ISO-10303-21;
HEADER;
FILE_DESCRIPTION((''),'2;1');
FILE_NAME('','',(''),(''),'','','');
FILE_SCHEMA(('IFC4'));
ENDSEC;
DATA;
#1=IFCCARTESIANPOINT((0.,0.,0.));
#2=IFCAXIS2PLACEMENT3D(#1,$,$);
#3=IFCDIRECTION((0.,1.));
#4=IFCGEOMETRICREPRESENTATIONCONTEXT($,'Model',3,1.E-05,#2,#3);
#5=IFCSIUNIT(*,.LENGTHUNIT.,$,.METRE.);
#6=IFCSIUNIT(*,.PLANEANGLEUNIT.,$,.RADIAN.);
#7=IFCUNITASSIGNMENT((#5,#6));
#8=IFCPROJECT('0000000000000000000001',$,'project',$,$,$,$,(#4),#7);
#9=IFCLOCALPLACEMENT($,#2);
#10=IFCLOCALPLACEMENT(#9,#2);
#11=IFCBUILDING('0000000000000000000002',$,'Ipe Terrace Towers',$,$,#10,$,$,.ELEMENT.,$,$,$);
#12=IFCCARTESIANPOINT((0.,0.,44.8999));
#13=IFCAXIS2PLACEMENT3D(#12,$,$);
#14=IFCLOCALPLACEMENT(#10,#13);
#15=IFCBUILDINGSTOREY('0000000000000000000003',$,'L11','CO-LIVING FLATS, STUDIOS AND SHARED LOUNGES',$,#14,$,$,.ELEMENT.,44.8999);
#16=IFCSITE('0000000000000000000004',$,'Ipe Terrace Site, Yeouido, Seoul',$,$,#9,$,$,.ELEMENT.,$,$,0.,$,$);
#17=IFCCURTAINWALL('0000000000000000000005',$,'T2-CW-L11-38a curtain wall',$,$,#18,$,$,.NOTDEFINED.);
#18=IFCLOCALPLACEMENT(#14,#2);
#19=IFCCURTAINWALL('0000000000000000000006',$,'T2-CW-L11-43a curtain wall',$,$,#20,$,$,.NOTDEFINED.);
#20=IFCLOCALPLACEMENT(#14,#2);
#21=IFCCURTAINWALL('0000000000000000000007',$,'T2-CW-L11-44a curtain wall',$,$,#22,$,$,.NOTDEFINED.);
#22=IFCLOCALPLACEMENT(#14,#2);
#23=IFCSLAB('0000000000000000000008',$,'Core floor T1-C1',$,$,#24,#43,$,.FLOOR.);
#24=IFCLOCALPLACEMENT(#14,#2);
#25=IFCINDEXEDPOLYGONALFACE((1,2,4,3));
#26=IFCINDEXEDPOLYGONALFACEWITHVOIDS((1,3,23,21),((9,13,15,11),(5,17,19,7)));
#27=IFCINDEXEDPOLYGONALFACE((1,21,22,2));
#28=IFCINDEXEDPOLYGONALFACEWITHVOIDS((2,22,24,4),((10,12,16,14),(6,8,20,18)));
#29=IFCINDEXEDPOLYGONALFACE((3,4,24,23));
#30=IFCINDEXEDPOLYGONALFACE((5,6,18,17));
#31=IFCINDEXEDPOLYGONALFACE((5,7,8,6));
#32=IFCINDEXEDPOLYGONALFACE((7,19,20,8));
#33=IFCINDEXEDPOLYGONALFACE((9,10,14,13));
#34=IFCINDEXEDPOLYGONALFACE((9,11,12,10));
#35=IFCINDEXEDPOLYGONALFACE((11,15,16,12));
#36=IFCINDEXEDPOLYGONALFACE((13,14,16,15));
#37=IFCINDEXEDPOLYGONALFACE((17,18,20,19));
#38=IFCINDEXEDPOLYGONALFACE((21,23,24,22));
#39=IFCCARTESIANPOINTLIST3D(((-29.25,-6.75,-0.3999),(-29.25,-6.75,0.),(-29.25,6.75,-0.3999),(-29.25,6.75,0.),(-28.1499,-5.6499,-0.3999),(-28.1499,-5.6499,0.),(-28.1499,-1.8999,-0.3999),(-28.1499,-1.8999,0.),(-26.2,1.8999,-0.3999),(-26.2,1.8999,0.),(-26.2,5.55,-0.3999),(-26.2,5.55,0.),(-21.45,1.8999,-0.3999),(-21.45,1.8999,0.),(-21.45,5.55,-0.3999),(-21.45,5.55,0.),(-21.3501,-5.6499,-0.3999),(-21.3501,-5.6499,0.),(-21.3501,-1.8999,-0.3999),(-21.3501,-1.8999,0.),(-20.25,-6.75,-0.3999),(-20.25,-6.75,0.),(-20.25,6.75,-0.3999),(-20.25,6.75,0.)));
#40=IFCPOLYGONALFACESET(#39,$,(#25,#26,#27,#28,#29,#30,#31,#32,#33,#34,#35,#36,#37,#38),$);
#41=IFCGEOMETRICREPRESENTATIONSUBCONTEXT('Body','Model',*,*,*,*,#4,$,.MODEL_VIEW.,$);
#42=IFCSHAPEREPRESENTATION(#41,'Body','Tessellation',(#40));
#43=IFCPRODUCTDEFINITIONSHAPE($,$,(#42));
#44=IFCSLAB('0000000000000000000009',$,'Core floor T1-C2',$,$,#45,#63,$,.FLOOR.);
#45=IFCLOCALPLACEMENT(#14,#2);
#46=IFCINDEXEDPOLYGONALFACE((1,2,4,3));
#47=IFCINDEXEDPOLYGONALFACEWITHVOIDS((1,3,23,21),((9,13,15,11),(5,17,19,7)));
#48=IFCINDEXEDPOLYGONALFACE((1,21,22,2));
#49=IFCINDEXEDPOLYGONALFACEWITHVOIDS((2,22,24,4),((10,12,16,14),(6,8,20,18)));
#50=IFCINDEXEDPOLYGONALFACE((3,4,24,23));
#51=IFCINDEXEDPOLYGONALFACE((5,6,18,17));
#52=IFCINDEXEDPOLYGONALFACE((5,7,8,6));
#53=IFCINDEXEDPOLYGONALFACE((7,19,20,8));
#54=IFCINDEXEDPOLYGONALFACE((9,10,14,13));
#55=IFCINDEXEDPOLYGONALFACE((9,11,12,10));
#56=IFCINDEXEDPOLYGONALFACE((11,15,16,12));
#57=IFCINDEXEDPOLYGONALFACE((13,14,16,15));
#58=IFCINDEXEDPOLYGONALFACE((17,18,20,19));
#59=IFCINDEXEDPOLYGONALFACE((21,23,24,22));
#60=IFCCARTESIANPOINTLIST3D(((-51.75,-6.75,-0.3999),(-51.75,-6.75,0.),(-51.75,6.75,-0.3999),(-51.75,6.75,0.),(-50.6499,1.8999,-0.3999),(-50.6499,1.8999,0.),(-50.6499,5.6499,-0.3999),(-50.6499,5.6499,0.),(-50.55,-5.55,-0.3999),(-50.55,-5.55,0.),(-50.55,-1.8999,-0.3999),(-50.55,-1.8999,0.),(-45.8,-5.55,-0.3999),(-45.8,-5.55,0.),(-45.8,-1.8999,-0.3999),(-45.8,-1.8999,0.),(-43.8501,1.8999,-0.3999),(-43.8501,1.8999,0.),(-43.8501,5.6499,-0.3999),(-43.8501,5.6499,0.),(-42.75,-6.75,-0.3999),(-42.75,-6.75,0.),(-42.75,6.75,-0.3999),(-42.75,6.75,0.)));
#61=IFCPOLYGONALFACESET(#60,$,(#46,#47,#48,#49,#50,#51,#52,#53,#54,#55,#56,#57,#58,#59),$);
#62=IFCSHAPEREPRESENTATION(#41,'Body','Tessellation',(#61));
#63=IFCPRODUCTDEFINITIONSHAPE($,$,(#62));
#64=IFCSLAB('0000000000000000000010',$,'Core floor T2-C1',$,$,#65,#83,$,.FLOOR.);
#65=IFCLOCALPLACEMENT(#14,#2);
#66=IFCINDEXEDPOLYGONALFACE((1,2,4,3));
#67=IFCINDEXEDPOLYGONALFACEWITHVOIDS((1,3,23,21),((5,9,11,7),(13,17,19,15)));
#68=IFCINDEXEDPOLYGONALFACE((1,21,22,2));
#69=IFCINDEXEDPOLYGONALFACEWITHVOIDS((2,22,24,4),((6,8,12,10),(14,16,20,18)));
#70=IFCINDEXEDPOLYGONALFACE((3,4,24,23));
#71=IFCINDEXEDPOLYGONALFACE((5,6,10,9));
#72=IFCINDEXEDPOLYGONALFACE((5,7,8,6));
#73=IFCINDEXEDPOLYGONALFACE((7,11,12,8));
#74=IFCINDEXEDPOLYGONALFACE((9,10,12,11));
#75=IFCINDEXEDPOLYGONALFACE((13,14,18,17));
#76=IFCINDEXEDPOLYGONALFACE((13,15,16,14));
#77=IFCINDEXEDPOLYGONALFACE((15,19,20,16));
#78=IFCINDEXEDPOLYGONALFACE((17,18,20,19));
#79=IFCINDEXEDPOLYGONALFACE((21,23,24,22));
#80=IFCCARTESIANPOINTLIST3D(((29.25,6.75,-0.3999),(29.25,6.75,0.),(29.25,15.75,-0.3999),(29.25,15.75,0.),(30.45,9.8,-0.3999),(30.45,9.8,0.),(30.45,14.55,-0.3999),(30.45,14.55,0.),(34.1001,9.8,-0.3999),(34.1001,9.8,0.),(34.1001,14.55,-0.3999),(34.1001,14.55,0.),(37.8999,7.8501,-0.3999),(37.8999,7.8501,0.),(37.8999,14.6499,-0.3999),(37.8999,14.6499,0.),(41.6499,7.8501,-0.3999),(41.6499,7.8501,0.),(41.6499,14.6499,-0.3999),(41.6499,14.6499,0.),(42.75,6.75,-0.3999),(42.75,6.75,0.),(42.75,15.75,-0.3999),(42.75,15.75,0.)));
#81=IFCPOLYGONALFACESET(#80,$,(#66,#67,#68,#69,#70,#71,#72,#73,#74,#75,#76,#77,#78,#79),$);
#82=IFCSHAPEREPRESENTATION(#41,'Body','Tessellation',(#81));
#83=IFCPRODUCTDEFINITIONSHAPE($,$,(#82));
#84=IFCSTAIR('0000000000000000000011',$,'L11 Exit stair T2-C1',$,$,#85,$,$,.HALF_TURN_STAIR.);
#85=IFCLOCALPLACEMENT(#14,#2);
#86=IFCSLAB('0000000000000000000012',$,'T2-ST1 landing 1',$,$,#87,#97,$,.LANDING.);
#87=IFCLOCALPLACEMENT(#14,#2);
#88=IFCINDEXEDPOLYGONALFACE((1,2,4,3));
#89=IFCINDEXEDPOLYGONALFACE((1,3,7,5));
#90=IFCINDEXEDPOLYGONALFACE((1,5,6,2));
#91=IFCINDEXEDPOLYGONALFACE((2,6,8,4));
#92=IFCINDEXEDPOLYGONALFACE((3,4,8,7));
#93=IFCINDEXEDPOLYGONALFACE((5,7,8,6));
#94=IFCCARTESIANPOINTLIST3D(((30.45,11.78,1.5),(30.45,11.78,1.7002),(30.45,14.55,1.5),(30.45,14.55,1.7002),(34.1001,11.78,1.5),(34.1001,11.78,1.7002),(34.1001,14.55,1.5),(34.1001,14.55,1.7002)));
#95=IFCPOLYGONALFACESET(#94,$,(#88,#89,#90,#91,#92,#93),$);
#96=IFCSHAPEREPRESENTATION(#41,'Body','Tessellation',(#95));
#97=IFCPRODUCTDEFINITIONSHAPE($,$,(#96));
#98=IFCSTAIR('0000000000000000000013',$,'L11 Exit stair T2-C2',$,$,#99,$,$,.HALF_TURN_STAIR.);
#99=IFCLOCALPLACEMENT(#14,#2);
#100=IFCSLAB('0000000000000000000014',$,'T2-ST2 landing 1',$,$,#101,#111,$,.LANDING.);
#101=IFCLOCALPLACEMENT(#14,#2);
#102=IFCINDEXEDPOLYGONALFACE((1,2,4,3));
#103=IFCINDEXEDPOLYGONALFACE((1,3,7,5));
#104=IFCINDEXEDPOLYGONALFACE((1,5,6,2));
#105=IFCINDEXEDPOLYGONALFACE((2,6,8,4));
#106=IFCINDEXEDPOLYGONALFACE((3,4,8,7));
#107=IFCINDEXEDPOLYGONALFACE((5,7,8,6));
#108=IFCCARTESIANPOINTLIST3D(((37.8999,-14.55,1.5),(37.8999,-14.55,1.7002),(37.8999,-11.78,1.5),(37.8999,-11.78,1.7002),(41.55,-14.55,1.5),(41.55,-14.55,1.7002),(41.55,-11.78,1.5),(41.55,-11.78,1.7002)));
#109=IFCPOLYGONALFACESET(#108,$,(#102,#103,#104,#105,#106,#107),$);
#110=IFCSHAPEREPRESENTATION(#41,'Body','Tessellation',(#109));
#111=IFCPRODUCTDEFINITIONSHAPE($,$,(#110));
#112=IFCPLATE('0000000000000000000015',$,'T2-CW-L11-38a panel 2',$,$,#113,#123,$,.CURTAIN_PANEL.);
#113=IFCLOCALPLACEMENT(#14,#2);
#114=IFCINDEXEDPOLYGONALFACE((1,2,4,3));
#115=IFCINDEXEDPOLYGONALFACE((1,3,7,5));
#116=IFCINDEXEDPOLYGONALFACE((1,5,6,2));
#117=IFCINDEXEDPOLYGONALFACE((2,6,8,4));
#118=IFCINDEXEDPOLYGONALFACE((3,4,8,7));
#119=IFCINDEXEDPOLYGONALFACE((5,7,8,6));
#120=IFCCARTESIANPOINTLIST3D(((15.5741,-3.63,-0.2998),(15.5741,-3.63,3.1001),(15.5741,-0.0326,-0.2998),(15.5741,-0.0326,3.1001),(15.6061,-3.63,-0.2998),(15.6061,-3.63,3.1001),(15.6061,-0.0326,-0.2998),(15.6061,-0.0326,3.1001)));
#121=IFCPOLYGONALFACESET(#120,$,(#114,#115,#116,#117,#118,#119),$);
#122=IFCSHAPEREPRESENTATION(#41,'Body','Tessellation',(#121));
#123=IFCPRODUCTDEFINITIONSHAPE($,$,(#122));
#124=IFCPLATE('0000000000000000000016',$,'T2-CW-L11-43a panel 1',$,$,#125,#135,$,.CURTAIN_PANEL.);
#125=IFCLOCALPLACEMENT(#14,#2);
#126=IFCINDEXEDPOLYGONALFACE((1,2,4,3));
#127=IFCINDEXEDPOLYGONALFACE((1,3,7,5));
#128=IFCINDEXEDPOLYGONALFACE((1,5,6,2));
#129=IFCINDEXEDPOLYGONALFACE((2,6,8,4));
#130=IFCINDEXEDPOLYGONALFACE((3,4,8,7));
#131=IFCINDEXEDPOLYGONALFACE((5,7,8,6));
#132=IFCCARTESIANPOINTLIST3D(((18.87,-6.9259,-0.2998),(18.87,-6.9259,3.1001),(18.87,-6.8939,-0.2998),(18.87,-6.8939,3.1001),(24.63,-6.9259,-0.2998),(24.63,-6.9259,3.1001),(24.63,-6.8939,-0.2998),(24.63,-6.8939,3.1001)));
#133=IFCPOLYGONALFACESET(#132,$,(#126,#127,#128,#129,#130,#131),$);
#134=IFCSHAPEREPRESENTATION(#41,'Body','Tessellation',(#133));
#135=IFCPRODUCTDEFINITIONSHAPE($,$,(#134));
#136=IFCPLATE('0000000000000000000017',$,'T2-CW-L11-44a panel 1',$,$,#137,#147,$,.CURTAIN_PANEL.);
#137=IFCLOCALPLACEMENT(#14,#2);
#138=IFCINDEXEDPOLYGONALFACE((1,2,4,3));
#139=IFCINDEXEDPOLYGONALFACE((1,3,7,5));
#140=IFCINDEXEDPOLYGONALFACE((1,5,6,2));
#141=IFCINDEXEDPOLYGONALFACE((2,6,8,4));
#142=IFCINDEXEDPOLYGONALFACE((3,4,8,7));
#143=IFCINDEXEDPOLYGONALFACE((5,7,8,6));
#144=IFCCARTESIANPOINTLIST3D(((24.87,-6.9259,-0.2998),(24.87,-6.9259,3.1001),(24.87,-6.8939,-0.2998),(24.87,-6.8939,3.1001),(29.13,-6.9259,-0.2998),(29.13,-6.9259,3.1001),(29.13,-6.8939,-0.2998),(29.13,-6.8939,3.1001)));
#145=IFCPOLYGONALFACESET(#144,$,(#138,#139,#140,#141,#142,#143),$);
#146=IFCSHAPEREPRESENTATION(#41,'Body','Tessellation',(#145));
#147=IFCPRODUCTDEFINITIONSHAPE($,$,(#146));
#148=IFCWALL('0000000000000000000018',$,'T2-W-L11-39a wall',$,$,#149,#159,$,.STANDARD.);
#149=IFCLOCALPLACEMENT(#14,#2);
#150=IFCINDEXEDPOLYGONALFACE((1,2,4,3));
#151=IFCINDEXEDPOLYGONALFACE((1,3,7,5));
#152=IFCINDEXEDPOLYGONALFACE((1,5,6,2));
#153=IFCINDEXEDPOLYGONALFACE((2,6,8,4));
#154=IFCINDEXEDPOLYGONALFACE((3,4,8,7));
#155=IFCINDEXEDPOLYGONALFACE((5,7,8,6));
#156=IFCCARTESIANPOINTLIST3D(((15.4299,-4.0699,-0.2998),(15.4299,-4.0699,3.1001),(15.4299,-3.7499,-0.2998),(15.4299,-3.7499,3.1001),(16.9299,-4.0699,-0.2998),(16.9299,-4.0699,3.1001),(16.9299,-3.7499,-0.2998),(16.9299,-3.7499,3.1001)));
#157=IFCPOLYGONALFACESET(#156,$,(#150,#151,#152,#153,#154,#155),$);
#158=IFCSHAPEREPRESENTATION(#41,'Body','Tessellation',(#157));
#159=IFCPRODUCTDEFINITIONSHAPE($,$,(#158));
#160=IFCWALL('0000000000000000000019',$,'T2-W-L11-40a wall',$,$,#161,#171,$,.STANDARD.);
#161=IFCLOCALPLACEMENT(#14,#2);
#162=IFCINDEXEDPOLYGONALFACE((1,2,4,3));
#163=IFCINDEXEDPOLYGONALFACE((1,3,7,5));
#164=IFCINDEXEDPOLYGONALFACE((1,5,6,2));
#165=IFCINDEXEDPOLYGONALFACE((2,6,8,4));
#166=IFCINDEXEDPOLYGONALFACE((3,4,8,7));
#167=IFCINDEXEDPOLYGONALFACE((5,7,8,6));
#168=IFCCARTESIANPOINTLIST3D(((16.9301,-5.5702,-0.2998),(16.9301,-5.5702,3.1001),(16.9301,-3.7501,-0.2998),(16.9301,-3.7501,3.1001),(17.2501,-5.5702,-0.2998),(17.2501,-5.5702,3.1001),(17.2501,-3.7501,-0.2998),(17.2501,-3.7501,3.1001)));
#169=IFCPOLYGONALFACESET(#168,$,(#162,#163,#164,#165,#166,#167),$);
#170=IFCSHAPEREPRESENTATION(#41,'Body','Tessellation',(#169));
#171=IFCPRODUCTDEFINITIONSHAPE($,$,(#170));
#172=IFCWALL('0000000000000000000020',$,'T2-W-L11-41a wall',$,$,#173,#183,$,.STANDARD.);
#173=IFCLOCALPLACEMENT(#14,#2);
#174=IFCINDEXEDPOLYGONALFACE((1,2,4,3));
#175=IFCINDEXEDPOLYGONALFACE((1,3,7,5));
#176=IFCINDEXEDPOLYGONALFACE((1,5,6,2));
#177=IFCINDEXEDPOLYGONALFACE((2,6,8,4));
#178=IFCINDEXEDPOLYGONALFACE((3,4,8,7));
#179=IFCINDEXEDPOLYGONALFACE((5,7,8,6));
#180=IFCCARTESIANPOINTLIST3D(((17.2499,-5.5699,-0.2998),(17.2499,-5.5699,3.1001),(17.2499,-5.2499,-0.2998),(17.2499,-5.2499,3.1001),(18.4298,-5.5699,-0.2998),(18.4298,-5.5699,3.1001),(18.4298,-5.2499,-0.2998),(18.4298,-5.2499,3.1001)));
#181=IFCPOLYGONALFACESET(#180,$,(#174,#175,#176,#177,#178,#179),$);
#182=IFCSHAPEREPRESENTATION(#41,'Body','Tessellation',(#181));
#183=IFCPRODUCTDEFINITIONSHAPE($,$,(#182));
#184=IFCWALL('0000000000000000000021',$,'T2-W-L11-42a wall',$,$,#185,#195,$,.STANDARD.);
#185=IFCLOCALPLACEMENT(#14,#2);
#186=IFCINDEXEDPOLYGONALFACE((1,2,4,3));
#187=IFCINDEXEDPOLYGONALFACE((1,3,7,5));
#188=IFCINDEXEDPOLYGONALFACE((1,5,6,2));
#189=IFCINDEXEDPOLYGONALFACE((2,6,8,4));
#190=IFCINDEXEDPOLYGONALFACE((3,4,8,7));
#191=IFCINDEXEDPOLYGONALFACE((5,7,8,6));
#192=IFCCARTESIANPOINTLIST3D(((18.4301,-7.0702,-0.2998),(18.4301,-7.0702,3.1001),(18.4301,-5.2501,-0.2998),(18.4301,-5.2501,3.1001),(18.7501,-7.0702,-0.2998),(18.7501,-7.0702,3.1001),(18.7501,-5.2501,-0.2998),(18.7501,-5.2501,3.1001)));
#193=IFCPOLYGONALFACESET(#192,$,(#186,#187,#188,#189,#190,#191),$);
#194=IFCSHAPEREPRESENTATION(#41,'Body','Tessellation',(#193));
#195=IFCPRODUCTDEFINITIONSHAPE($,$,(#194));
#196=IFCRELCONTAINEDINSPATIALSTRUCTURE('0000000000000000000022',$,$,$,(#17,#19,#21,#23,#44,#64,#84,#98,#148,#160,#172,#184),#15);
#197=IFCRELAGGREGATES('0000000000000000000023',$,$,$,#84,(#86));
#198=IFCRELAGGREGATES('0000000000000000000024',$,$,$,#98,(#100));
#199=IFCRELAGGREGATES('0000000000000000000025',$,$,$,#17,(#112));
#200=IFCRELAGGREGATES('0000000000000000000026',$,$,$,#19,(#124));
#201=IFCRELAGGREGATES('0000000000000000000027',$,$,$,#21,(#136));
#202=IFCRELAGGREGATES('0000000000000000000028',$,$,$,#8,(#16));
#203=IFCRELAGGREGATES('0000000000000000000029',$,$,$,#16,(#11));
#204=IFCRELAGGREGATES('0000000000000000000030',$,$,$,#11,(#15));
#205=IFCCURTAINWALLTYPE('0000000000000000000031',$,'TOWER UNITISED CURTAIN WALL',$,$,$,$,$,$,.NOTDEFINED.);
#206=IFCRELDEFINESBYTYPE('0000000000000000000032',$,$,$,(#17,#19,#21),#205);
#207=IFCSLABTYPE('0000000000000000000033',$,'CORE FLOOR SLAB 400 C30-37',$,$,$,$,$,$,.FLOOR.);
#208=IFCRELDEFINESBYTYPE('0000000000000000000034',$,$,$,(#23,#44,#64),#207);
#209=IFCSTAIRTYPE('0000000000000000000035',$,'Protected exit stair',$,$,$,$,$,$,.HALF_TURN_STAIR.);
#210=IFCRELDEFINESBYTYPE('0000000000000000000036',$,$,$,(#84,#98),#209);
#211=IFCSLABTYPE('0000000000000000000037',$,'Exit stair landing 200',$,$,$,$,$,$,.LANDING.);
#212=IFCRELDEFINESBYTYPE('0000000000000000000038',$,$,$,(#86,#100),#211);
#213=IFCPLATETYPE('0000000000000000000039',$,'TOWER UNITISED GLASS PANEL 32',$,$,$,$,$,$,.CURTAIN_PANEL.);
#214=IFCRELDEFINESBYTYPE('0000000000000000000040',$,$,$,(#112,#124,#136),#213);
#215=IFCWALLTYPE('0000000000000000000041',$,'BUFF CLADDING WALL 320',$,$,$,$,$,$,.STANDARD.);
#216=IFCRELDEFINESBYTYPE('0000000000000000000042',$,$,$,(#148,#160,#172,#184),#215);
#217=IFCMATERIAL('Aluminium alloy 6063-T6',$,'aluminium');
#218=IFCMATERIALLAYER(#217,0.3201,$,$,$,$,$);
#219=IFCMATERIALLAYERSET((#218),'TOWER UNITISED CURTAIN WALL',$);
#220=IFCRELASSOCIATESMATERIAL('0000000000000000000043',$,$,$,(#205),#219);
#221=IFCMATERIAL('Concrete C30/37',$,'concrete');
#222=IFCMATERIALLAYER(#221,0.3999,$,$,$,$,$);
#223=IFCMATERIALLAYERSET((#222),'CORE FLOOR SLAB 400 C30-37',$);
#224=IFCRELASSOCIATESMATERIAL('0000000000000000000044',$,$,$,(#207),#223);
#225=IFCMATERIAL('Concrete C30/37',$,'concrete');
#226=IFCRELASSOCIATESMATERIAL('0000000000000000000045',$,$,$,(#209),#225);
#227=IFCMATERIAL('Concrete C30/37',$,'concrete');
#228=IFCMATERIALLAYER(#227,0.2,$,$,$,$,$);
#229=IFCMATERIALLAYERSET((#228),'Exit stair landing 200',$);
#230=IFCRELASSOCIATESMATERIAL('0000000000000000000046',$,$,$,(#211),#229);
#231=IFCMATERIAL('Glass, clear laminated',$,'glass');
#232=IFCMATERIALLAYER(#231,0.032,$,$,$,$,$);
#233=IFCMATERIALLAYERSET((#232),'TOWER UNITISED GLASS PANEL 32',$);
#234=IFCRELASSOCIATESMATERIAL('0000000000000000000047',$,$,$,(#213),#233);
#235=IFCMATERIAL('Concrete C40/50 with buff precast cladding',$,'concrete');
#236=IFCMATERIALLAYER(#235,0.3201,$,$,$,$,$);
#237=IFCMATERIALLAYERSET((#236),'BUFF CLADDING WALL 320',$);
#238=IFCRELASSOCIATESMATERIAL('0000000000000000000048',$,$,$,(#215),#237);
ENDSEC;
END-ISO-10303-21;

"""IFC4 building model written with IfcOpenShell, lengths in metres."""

from ifc_helpers import new_model, si_unit, direction, frame, frame_2d, origin, origin_2d, place, context, subcontext, project, spatial, polyline, rectangle, outline, extrude, material, layer, layer_set, type_object, element, aggregate, save


model = new_model("IFC4")

# Units and contexts
model_context = context("Model", 3, precision=1e-05, world=origin(), true_north=direction((0.0, 1.0)))
body_context = subcontext(model_context, "Body", "Model", "MODEL_VIEW")
ifc_project = project(units=[si_unit("LENGTHUNIT", "METRE"), si_unit("PLANEANGLEUNIT", "RADIAN")], contexts=[model_context])

# Site, building, storey
site_placement = place(None, origin())
site = spatial("IfcSite", under=ifc_project, at=site_placement, Name="Ipe Terrace Site, Yeouido, Seoul", CompositionType="ELEMENT", RefElevation=0.0)
building_placement = place(site_placement, origin())
building = spatial("IfcBuilding", under=site, at=building_placement, Name="Ipe Terrace Towers", CompositionType="ELEMENT")
storey_placement = place(building_placement, frame((0.0, 0.0, 44.8999)))
storey = spatial("IfcBuildingStorey", under=building, at=storey_placement, Name="L11", Description="CO-LIVING FLATS, STUDIOS AND SHARED LOUNGES", CompositionType="ELEMENT", Elevation=44.8999)

# Curtain wall
ifc_material_1 = material(Name="Aluminium alloy 6063-T6", Category="aluminium")
ifc_layer_1 = layer(ifc_material_1, 0.3201)
ifc_layer_set_1 = layer_set([ifc_layer_1], Name="TOWER UNITISED CURTAIN WALL")
curtain_wall_type = type_object("IfcCurtainWallType", Name="TOWER UNITISED CURTAIN WALL", PredefinedType="NOTDEFINED", material=ifc_layer_set_1)
curtain_wall_1_placement = place(storey_placement, origin())
curtain_wall_1 = element("IfcCurtainWall", 1, at=curtain_wall_1_placement, inside=storey, type_object=curtain_wall_type, Name="T2-CW-L11-38a curtain wall", PredefinedType="NOTDEFINED")

# Curtain wall
curtain_wall_2_placement = place(storey_placement, origin())
curtain_wall_2 = element("IfcCurtainWall", 2, at=curtain_wall_2_placement, inside=storey, type_object=curtain_wall_type, Name="T2-CW-L11-43a curtain wall", PredefinedType="NOTDEFINED")

# Curtain wall
curtain_wall_3_placement = place(storey_placement, origin())
curtain_wall_3 = element("IfcCurtainWall", 3, at=curtain_wall_3_placement, inside=storey, type_object=curtain_wall_type, Name="T2-CW-L11-44a curtain wall", PredefinedType="NOTDEFINED")

# Slabs
ifc_material_2 = material(Name="Concrete C30/37", Category="concrete")
ifc_layer_2 = layer(ifc_material_2, 0.3999)
ifc_layer_set_2 = layer_set([ifc_layer_2], Name="CORE FLOOR SLAB 400 C30-37")
slab_type_1 = type_object("IfcSlabType", Name="CORE FLOOR SLAB 400 C30-37", PredefinedType="FLOOR", material=ifc_layer_set_2)
slab_1_placement = place(storey_placement, frame((0.0, 0.0, -0.3999)))
element("IfcSlab", 4, at=slab_1_placement, inside=storey, type_object=slab_type_1, Name="Core floor T1-C1", PredefinedType="FLOOR", context=body_context, shape_type="SweptSolid", body=[
    extrude(outline(polyline([(-29.25, -6.75), (-29.25, 6.75), (-20.25, 6.75), (-20.25, -6.75), (-29.25, -6.75)]), holes=[polyline([(-28.1499, -5.6499), (-21.3501, -5.6499), (-21.3501, -1.8999), (-28.1499, -1.8999), (-28.1499, -5.6499)]), polyline([(-26.2, 5.55), (-26.2, 1.8999), (-21.45, 1.8999), (-21.45, 5.55), (-26.2, 5.55)])]), origin(), (0.0, 0.0, 1.0), 0.3999),
])
slab_2_placement = place(storey_placement, frame((0.0, 0.0, -0.3999)))
element("IfcSlab", 5, at=slab_2_placement, inside=storey, type_object=slab_type_1, Name="Core floor T1-C2", PredefinedType="FLOOR", context=body_context, shape_type="SweptSolid", body=[
    extrude(outline(polyline([(-51.75, -6.75), (-51.75, 6.75), (-42.75, 6.75), (-42.75, -6.75), (-51.75, -6.75)]), holes=[polyline([(-45.8, -5.55), (-45.8, -1.8999), (-50.55, -1.8999), (-50.55, -5.55), (-45.8, -5.55)]), polyline([(-50.6499, 1.8999), (-43.8501, 1.8999), (-43.8501, 5.6499), (-50.6499, 5.6499), (-50.6499, 1.8999)])]), origin(), (0.0, 0.0, 1.0), 0.3999),
])
slab_3_placement = place(storey_placement, frame((0.0, 0.0, -0.3999)))
element("IfcSlab", 6, at=slab_3_placement, inside=storey, type_object=slab_type_1, Name="Core floor T2-C1", PredefinedType="FLOOR", context=body_context, shape_type="SweptSolid", body=[
    extrude(outline(polyline([(29.25, 6.75), (29.25, 15.75), (42.75, 15.75), (42.75, 6.75), (29.25, 6.75)]), holes=[polyline([(41.6499, 7.8501), (41.6499, 14.6499), (37.8999, 14.6499), (37.8999, 7.8501), (41.6499, 7.8501)]), polyline([(30.45, 9.8), (34.1001, 9.8), (34.1001, 14.55), (30.45, 14.55), (30.45, 9.8)])]), origin(), (0.0, 0.0, 1.0), 0.3999),
])

# Stairs, slabs
ifc_material_3 = material(Name="Concrete C30/37", Category="concrete")
stair_type = type_object("IfcStairType", Name="Protected exit stair", PredefinedType="HALF_TURN_STAIR", material=ifc_material_3)
stair_1_placement = place(storey_placement, origin())
stair_1 = element("IfcStair", 7, at=stair_1_placement, inside=storey, type_object=stair_type, Name="L11 Exit stair T2-C1", PredefinedType="HALF_TURN_STAIR")
ifc_material_4 = material(Name="Concrete C30/37", Category="concrete")
ifc_layer_3 = layer(ifc_material_4, 0.2)
ifc_layer_set_3 = layer_set([ifc_layer_3], Name="Exit stair landing 200")
slab_type_2 = type_object("IfcSlabType", Name="Exit stair landing 200", PredefinedType="LANDING", material=ifc_layer_set_3)
slab_4_placement = place(storey_placement, frame((0.0, 0.0, 1.5)))
slab_4 = element("IfcSlab", 8, at=slab_4_placement, type_object=slab_type_2, Name="T2-ST1 landing 1", PredefinedType="LANDING", context=body_context, shape_type="SweptSolid", body=[
    extrude(outline(polyline([(34.1001, 11.78), (34.1001, 14.55), (30.45, 14.55), (30.45, 11.78), (34.1001, 11.78)])), origin(), (0.0, 0.0, 1.0), 0.2002),
])
aggregate(stair_1, [slab_4])
stair_2_placement = place(storey_placement, origin())
stair_2 = element("IfcStair", 9, at=stair_2_placement, inside=storey, type_object=stair_type, Name="L11 Exit stair T2-C2", PredefinedType="HALF_TURN_STAIR")
slab_5_placement = place(storey_placement, frame((0.0, 0.0, 1.5)))
slab_5 = element("IfcSlab", 10, at=slab_5_placement, type_object=slab_type_2, Name="T2-ST2 landing 1", PredefinedType="LANDING", context=body_context, shape_type="SweptSolid", body=[
    extrude(outline(polyline([(37.8999, -11.78), (37.8999, -14.55), (41.55, -14.55), (41.55, -11.78), (37.8999, -11.78)])), origin(), (0.0, 0.0, 1.0), 0.2002),
])
aggregate(stair_2, [slab_5])

# Plates
ifc_material_5 = material(Name="Glass, clear laminated", Category="glass")
ifc_layer_4 = layer(ifc_material_5, 0.032)
ifc_layer_set_4 = layer_set([ifc_layer_4], Name="TOWER UNITISED GLASS PANEL 32")
plate_type = type_object("IfcPlateType", Name="TOWER UNITISED GLASS PANEL 32", PredefinedType="CURTAIN_PANEL", material=ifc_layer_set_4)
plate_1_placement = place(storey_placement, frame((15.5901, -1.8313, -0.2998), z_axis=(0.0, 0.0, 1.0), x_axis=(0.0, -1.0, 0.0)))
plate_1 = element("IfcPlate", 11, at=plate_1_placement, type_object=plate_type, Name="T2-CW-L11-38a panel 2", PredefinedType="CURTAIN_PANEL", context=body_context, shape_type="SweptSolid", body=[
    extrude(rectangle(XDim=3.5974, YDim=0.032, at=origin_2d()), origin(), (0.0, 0.0, 1.0), 3.3999),
])
aggregate(curtain_wall_1, [plate_1])
plate_2_placement = place(storey_placement, frame((21.75, -6.9099, -0.2998), z_axis=(0.0, 0.0, 1.0), x_axis=(1.0, 0.0, 0.0)))
plate_2 = element("IfcPlate", 12, at=plate_2_placement, type_object=plate_type, Name="T2-CW-L11-43a panel 1", PredefinedType="CURTAIN_PANEL", context=body_context, shape_type="SweptSolid", body=[
    extrude(rectangle(XDim=5.76, YDim=0.032, at=origin_2d()), origin(), (0.0, 0.0, 1.0), 3.3999),
])
aggregate(curtain_wall_2, [plate_2])
plate_3_placement = place(storey_placement, frame((27.0, -6.9099, -0.2998), z_axis=(0.0, 0.0, 1.0), x_axis=(1.0, 0.0, 0.0)))
plate_3 = element("IfcPlate", 13, at=plate_3_placement, type_object=plate_type, Name="T2-CW-L11-44a panel 1", PredefinedType="CURTAIN_PANEL", context=body_context, shape_type="SweptSolid", body=[
    extrude(rectangle(XDim=4.26, YDim=0.032, at=origin_2d()), origin(), (0.0, 0.0, 1.0), 3.3999),
])
aggregate(curtain_wall_3, [plate_3])

# Walls
ifc_material_6 = material(Name="Concrete C40/50 with buff precast cladding", Category="concrete")
ifc_layer_5 = layer(ifc_material_6, 0.3201)
ifc_layer_set_5 = layer_set([ifc_layer_5], Name="BUFF CLADDING WALL 320")
wall_type_1 = type_object("IfcWallType", Name="BUFF CLADDING WALL 320", PredefinedType="STANDARD", material=ifc_layer_set_5)
wall_1_placement = place(storey_placement, frame((15.4299, -3.9099, -0.2998), z_axis=(0.0, 0.0, 1.0), x_axis=(1.0, 0.0, 0.0)))
element("IfcWall", 14, at=wall_1_placement, inside=storey, type_object=wall_type_1, Name="T2-W-L11-39a wall", PredefinedType="STANDARD", context=body_context, shape_type="SweptSolid", body=[
    extrude(rectangle(XDim=1.5, YDim=0.3201, at=frame_2d((0.75, 0.0))), origin(), (0.0, 0.0, 1.0), 3.3999),
])
wall_2_placement = place(storey_placement, frame((17.0901, -3.75, -0.2998), z_axis=(0.0, 0.0, 1.0), x_axis=(0.0, -1.0, 0.0)))
element("IfcWall", 15, at=wall_2_placement, inside=storey, type_object=wall_type_1, Name="T2-W-L11-40a wall", PredefinedType="STANDARD", context=body_context, shape_type="SweptSolid", body=[
    extrude(rectangle(XDim=1.8201, YDim=0.3201, at=frame_2d((0.9102, 0.0))), origin(), (0.0, 0.0, 1.0), 3.3999),
])
wall_3_placement = place(storey_placement, frame((17.25, -5.4099, -0.2998), z_axis=(0.0, 0.0, 1.0), x_axis=(1.0, 0.0, 0.0)))
element("IfcWall", 16, at=wall_3_placement, inside=storey, type_object=wall_type_1, Name="T2-W-L11-41a wall", PredefinedType="STANDARD", context=body_context, shape_type="SweptSolid", body=[
    extrude(rectangle(XDim=1.1799, YDim=0.3201, at=frame_2d((0.5898, 0.0))), origin(), (0.0, 0.0, 1.0), 3.3999),
])
wall_4_placement = place(storey_placement, frame((18.5901, -5.25, -0.2998), z_axis=(0.0, 0.0, 1.0), x_axis=(0.0, -1.0, 0.0)))
element("IfcWall", 17, at=wall_4_placement, inside=storey, type_object=wall_type_1, Name="T2-W-L11-42a wall", PredefinedType="STANDARD", context=body_context, shape_type="SweptSolid", body=[
    extrude(rectangle(XDim=1.8201, YDim=0.3201, at=frame_2d((0.9102, 0.0))), origin(), (0.0, 0.0, 1.0), 3.3999),
])

save(model, "model.ifc")
